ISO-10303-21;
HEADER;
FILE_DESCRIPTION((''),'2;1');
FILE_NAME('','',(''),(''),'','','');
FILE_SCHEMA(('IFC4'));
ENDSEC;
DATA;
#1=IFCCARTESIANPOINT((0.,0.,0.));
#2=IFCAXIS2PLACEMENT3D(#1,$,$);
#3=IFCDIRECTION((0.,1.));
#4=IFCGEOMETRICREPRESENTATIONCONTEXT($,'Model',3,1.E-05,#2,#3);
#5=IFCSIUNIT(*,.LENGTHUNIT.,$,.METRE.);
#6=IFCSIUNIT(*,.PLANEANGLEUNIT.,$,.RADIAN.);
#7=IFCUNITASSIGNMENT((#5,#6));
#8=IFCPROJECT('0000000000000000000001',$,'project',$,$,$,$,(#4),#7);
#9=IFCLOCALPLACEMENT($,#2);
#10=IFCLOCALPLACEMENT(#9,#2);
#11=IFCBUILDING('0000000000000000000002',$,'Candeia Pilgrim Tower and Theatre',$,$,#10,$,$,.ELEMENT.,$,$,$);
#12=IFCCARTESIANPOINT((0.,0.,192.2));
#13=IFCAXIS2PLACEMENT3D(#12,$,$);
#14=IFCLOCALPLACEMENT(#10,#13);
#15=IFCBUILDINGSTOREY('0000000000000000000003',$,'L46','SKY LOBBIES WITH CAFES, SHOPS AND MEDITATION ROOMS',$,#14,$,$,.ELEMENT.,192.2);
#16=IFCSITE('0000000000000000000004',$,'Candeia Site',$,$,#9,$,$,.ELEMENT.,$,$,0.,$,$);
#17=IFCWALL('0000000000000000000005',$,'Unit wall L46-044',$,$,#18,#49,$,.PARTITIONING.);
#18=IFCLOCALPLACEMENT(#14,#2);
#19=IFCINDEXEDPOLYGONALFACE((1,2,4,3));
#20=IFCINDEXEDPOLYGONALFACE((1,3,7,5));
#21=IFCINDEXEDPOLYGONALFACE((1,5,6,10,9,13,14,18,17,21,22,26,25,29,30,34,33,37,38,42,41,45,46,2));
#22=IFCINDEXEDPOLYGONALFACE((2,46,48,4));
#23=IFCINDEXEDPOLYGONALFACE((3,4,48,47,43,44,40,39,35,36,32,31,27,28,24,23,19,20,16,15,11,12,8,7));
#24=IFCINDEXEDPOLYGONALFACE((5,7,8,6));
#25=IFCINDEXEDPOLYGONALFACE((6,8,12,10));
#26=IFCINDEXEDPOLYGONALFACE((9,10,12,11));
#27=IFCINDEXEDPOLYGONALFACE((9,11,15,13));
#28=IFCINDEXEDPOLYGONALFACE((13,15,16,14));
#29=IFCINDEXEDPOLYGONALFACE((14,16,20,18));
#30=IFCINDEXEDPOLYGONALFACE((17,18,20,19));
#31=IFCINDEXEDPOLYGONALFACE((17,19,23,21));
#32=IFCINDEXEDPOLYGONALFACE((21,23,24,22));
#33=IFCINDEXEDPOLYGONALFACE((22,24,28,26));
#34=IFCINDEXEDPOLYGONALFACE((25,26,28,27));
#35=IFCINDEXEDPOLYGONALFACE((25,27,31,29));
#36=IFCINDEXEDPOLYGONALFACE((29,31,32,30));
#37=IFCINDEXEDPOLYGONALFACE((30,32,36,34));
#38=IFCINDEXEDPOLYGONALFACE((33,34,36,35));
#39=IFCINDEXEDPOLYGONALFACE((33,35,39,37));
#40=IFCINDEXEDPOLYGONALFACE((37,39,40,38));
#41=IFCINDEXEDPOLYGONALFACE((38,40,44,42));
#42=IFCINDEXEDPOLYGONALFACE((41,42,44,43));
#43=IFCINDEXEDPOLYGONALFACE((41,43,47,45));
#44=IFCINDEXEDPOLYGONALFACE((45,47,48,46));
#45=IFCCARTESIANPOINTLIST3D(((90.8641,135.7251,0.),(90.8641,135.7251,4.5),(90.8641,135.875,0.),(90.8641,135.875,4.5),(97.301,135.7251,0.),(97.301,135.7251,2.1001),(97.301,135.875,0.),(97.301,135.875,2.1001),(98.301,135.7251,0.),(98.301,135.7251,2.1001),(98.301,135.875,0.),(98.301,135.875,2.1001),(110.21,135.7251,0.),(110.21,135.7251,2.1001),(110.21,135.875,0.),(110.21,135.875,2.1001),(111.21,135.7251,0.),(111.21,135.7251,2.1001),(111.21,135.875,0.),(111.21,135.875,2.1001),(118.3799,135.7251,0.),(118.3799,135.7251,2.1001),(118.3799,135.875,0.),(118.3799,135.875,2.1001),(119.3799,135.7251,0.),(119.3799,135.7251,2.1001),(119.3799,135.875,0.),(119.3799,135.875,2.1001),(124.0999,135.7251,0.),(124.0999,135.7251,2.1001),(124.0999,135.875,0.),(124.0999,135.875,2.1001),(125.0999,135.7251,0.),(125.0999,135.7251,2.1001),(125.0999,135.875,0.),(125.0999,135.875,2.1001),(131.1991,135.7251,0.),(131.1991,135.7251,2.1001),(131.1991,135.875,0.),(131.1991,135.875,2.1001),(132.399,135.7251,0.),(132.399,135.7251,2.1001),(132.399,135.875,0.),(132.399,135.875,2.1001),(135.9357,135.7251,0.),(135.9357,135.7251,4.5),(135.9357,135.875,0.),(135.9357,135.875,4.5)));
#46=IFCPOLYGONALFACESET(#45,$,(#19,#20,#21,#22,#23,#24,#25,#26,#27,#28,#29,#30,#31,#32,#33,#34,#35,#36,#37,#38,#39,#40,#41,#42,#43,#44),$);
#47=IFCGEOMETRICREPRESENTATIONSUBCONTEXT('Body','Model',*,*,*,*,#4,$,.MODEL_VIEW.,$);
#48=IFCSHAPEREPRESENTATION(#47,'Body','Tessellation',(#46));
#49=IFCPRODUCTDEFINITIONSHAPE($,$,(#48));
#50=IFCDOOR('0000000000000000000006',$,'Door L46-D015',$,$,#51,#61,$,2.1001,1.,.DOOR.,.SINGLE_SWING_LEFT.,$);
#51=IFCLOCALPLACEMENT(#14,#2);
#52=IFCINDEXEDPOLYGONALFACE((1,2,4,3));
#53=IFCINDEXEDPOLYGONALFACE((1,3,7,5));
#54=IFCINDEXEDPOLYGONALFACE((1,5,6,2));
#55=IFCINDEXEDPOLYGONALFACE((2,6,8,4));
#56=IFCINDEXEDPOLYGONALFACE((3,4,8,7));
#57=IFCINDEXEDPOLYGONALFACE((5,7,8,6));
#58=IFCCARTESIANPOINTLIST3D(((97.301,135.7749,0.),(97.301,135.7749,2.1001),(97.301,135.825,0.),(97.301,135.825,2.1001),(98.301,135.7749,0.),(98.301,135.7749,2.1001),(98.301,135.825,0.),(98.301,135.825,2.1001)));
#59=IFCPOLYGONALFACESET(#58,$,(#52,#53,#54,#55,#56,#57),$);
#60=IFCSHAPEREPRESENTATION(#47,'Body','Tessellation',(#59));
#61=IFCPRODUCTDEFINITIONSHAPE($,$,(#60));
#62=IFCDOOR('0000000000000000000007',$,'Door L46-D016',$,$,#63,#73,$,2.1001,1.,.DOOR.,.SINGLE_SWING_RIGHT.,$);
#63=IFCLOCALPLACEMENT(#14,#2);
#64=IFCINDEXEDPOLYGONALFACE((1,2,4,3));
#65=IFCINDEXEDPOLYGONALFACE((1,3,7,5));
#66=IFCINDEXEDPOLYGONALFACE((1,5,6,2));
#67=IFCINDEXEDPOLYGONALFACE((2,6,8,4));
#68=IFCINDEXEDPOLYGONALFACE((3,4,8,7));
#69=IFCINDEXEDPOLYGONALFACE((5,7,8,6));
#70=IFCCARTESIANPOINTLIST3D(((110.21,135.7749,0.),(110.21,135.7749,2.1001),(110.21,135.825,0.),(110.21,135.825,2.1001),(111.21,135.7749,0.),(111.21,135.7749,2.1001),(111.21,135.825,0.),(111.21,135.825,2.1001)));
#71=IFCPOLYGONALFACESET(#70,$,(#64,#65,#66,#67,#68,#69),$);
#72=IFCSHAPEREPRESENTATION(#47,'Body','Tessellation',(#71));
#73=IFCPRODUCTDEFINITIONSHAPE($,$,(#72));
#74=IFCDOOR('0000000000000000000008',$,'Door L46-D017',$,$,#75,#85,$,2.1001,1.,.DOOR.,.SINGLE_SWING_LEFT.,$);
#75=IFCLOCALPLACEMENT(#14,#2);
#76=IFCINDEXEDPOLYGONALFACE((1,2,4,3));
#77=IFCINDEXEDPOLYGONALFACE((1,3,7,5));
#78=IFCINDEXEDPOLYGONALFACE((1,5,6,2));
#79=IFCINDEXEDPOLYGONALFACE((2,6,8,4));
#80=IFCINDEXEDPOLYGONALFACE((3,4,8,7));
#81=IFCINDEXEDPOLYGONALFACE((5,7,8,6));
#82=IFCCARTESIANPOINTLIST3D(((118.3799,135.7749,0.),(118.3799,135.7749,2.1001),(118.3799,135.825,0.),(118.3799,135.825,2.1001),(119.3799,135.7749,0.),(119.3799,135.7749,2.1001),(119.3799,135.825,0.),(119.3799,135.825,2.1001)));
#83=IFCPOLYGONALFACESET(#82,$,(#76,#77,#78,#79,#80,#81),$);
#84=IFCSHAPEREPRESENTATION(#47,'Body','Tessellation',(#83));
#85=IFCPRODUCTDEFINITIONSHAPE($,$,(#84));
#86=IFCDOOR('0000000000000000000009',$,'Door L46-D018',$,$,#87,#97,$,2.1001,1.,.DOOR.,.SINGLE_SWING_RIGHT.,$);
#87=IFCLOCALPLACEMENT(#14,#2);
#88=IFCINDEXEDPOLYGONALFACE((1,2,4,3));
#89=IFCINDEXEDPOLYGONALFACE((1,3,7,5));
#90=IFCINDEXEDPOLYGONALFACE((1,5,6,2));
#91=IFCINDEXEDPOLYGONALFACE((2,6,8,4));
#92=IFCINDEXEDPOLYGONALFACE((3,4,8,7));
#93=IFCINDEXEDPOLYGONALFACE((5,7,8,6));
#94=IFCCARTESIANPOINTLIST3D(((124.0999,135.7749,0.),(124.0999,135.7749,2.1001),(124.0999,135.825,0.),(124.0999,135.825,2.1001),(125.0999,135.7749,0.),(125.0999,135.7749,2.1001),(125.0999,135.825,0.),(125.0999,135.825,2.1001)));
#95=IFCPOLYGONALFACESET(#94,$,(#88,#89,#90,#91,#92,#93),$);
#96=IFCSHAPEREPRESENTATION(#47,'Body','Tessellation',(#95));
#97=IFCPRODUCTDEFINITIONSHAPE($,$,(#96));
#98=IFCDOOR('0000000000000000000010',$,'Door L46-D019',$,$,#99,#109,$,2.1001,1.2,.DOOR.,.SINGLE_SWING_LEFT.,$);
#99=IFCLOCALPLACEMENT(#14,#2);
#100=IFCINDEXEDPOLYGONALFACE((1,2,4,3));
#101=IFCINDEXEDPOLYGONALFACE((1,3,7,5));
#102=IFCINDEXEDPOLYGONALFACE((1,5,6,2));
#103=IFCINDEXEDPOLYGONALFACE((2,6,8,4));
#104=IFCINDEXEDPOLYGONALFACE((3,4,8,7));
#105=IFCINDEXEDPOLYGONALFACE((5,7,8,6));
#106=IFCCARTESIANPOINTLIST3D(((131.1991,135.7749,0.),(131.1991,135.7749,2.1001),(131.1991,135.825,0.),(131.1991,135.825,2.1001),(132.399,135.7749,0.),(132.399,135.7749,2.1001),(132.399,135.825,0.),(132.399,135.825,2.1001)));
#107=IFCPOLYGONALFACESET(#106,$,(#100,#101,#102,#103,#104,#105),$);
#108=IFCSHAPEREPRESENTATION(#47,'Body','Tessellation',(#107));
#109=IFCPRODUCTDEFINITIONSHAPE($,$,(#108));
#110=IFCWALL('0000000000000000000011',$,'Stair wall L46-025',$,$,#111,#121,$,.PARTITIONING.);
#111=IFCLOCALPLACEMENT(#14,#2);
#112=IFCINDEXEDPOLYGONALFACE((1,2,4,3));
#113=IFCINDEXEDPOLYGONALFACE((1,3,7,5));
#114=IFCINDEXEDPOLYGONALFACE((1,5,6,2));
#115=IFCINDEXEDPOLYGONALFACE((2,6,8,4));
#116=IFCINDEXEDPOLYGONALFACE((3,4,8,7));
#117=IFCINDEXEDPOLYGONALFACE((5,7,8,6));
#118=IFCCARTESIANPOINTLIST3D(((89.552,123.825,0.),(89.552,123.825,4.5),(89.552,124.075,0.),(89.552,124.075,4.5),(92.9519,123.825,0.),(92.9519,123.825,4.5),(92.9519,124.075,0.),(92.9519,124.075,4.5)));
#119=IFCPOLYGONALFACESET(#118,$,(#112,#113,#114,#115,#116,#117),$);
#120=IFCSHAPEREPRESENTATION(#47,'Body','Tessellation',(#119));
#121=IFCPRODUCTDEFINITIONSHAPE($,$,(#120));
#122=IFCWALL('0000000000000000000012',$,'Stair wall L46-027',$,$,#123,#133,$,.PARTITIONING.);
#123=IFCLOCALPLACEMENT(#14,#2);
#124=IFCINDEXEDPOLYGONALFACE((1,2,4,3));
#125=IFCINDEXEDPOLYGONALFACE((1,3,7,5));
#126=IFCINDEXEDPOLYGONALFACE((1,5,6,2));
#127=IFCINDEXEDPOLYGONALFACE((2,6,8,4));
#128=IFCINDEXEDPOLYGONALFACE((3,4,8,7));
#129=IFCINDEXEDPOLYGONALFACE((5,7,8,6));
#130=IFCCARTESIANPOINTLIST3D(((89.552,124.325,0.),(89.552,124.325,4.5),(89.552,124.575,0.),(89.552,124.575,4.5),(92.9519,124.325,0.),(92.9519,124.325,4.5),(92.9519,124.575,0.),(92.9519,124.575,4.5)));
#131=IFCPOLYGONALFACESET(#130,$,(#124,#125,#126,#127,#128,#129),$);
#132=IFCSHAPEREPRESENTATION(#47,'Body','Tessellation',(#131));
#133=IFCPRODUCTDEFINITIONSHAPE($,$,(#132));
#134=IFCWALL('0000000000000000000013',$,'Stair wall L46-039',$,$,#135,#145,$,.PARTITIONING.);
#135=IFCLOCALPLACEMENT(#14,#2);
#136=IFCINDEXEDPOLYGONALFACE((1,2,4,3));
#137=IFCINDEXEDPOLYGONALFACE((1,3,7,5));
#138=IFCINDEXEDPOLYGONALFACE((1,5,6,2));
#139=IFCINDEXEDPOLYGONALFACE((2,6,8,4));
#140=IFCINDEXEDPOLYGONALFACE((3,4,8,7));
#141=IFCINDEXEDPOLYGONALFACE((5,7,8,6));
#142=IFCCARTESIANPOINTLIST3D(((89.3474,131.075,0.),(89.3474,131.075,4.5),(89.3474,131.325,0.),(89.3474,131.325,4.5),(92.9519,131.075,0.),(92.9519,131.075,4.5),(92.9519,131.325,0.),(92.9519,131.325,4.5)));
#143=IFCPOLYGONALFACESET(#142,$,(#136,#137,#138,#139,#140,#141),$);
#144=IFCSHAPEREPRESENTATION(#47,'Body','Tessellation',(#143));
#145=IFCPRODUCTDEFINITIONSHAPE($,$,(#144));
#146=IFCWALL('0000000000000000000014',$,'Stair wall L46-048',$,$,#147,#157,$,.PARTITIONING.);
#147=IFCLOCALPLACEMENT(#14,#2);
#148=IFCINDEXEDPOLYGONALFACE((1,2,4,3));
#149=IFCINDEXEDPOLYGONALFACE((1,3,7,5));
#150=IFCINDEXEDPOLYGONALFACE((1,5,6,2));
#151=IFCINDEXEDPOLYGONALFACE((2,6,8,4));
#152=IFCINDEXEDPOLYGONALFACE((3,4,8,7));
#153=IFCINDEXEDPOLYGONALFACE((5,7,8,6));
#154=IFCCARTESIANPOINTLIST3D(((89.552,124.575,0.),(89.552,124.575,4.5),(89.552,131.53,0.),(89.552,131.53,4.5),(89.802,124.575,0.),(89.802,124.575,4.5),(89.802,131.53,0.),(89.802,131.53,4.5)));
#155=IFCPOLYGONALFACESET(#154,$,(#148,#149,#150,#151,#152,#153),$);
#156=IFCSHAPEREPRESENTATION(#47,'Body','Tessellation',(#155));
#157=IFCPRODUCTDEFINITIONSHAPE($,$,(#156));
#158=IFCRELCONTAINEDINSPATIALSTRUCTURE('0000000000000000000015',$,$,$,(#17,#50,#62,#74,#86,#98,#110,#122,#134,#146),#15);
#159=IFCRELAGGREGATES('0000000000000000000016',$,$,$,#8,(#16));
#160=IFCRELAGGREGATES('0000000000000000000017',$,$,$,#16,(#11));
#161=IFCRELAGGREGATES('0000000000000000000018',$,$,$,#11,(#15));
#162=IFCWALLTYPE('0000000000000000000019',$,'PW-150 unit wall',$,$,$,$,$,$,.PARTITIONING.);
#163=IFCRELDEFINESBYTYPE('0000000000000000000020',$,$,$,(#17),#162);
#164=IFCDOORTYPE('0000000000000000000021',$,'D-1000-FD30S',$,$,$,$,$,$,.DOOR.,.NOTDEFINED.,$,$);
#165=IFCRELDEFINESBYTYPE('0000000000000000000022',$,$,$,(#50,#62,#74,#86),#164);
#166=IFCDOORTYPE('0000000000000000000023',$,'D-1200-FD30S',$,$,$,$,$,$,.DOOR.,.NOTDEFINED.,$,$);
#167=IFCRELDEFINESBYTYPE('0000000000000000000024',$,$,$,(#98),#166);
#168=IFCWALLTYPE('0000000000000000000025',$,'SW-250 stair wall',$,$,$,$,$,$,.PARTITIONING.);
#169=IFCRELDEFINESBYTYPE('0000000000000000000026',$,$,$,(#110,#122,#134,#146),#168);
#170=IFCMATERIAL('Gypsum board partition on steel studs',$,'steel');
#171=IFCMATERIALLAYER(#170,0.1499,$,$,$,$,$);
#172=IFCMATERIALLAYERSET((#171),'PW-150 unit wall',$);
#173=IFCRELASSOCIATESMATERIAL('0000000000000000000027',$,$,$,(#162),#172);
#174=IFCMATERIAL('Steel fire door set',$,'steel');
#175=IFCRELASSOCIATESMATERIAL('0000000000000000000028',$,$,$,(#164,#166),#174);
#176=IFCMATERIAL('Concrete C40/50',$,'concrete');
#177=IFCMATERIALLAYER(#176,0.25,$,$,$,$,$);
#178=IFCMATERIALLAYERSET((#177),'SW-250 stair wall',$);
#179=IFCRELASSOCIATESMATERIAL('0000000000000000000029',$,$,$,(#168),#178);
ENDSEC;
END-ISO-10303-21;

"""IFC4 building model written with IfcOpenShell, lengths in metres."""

from ifc_helpers import new_model, si_unit, direction, frame, frame_2d, origin, place, context, subcontext, project, spatial, rectangle, extrude, material, layer, layer_set, type_object, element, fill, save


model = new_model("IFC4")

# Units and contexts
model_context = context("Model", 3, precision=1e-05, world=origin(), true_north=direction((0.0, 1.0)))
body_context = subcontext(model_context, "Body", "Model", "MODEL_VIEW")
ifc_project = project(units=[si_unit("LENGTHUNIT", "METRE"), si_unit("PLANEANGLEUNIT", "RADIAN")], contexts=[model_context])

# Site, building, storey
site_placement = place(None, origin())
site = spatial("IfcSite", under=ifc_project, at=site_placement, Name="Candeia Site", CompositionType="ELEMENT", RefElevation=0.0)
building_placement = place(site_placement, origin())
building = spatial("IfcBuilding", under=site, at=building_placement, Name="Candeia Pilgrim Tower and Theatre", CompositionType="ELEMENT")
storey_placement = place(building_placement, frame((0.0, 0.0, 192.2)))
storey = spatial("IfcBuildingStorey", under=building, at=storey_placement, Name="L46", Description="SKY LOBBIES WITH CAFES, SHOPS AND MEDITATION ROOMS", CompositionType="ELEMENT", Elevation=192.2)

# Shared definitions
ifc_material_1 = material(Name="Steel fire door set", Category="steel")

# Wall, openings, doors
ifc_material_2 = material(Name="Gypsum board partition on steel studs", Category="steel")
ifc_layer_1 = layer(ifc_material_2, 0.1499)
ifc_layer_set_1 = layer_set([ifc_layer_1], Name="PW-150 unit wall")
wall_type_1 = type_object("IfcWallType", Name="PW-150 unit wall", PredefinedType="PARTITIONING", material=ifc_layer_set_1)
wall_1_placement = place(storey_placement, frame((90.8643, 135.8, 0.0), z_axis=(0.0, 0.0, 1.0), x_axis=(1.0, 0.0, 0.0)))
wall_1 = element("IfcWall", 1, at=wall_1_placement, inside=storey, type_object=wall_type_1, Name="Unit wall L46-044", PredefinedType="PARTITIONING", context=body_context, shape_type="SweptSolid", body=[
    extrude(rectangle(XDim=45.0715, YDim=0.1499, at=frame_2d((22.5356, 0.0))), origin(), (0.0, 0.0, 1.0), 4.5),
])
opening_1_placement = place(wall_1_placement, frame((6.4368, 0.0, 0.0)))
opening_1 = element("IfcOpeningElement", 2, at=opening_1_placement, cuts=wall_1, PredefinedType="OPENING", context=body_context, shape_type="SweptSolid", body=[
    extrude(rectangle(XDim=1.0, YDim=2.1001, at=frame_2d((0.5, 1.05))), frame((0.0, 0.085, 0.0), z_axis=(0.0, -1.0, 0.0), x_axis=(1.0, 0.0, 0.0)), (0.0, 0.0, 1.0), 0.1699),
])
opening_2_placement = place(wall_1_placement, frame((19.3457, 0.0, 0.0)))
opening_2 = element("IfcOpeningElement", 3, at=opening_2_placement, cuts=wall_1, PredefinedType="OPENING", context=body_context, shape_type="SweptSolid", body=[
    extrude(rectangle(XDim=1.0, YDim=2.1001, at=frame_2d((0.5, 1.05))), frame((0.0, 0.085, 0.0), z_axis=(0.0, -1.0, 0.0), x_axis=(1.0, 0.0, 0.0)), (0.0, 0.0, 1.0), 0.1699),
])
opening_3_placement = place(wall_1_placement, frame((27.5156, 0.0, 0.0)))
opening_3 = element("IfcOpeningElement", 4, at=opening_3_placement, cuts=wall_1, PredefinedType="OPENING", context=body_context, shape_type="SweptSolid", body=[
    extrude(rectangle(XDim=1.0, YDim=2.1001, at=frame_2d((0.5, 1.05))), frame((0.0, 0.085, 0.0), z_axis=(0.0, -1.0, 0.0), x_axis=(1.0, 0.0, 0.0)), (0.0, 0.0, 1.0), 0.1699),
])
opening_4_placement = place(wall_1_placement, frame((33.2356, 0.0, 0.0)))
opening_4 = element("IfcOpeningElement", 5, at=opening_4_placement, cuts=wall_1, PredefinedType="OPENING", context=body_context, shape_type="SweptSolid", body=[
    extrude(rectangle(XDim=1.0, YDim=2.1001, at=frame_2d((0.5, 1.05))), frame((0.0, 0.085, 0.0), z_axis=(0.0, -1.0, 0.0), x_axis=(1.0, 0.0, 0.0)), (0.0, 0.0, 1.0), 0.1699),
])
opening_5_placement = place(wall_1_placement, frame((40.3347, 0.0, 0.0)))
opening_5 = element("IfcOpeningElement", 6, at=opening_5_placement, cuts=wall_1, PredefinedType="OPENING", context=body_context, shape_type="SweptSolid", body=[
    extrude(rectangle(XDim=1.2, YDim=2.1001, at=frame_2d((0.6001, 1.05))), frame((0.0, 0.085, 0.0), z_axis=(0.0, -1.0, 0.0), x_axis=(1.0, 0.0, 0.0)), (0.0, 0.0, 1.0), 0.1699),
])
door_type_1 = type_object("IfcDoorType", Name="D-1000-FD30S", OperationType="NOTDEFINED", PredefinedType="DOOR", material=ifc_material_1)
door_1_placement = place(opening_1_placement, origin())
door_1 = element("IfcDoor", 7, at=door_1_placement, inside=storey, type_object=door_type_1, Name="Door L46-D015", OperationType="SINGLE_SWING_LEFT", OverallHeight=2.1001, OverallWidth=1.0, PredefinedType="DOOR", context=body_context, shape_type="SweptSolid", body=[
    extrude(rectangle(XDim=1.0, YDim=2.1001, at=frame_2d((0.5, 1.05))), frame((0.0, 0.0249, 0.0), z_axis=(0.0, -1.0, 0.0), x_axis=(1.0, 0.0, 0.0)), (0.0, 0.0, 1.0), 0.05),
])
fill(opening_1, door_1)
door_2_placement = place(opening_2_placement, origin())
door_2 = element("IfcDoor", 8, at=door_2_placement, inside=storey, type_object=door_type_1, Name="Door L46-D016", OperationType="SINGLE_SWING_RIGHT", OverallHeight=2.1001, OverallWidth=1.0, PredefinedType="DOOR", context=body_context, shape_type="SweptSolid", body=[
    extrude(rectangle(XDim=1.0, YDim=2.1001, at=frame_2d((0.5, 1.05))), frame((0.0, 0.0249, 0.0), z_axis=(0.0, -1.0, 0.0), x_axis=(1.0, 0.0, 0.0)), (0.0, 0.0, 1.0), 0.05),
])
fill(opening_2, door_2)
door_3_placement = place(opening_3_placement, origin())
door_3 = element("IfcDoor", 9, at=door_3_placement, inside=storey, type_object=door_type_1, Name="Door L46-D017", OperationType="SINGLE_SWING_LEFT", OverallHeight=2.1001, OverallWidth=1.0, PredefinedType="DOOR", context=body_context, shape_type="SweptSolid", body=[
    extrude(rectangle(XDim=1.0, YDim=2.1001, at=frame_2d((0.5, 1.05))), frame((0.0, 0.0249, 0.0), z_axis=(0.0, -1.0, 0.0), x_axis=(1.0, 0.0, 0.0)), (0.0, 0.0, 1.0), 0.05),
])
fill(opening_3, door_3)
door_4_placement = place(opening_4_placement, origin())
door_4 = element("IfcDoor", 10, at=door_4_placement, inside=storey, type_object=door_type_1, Name="Door L46-D018", OperationType="SINGLE_SWING_RIGHT", OverallHeight=2.1001, OverallWidth=1.0, PredefinedType="DOOR", context=body_context, shape_type="SweptSolid", body=[
    extrude(rectangle(XDim=1.0, YDim=2.1001, at=frame_2d((0.5, 1.05))), frame((0.0, 0.0249, 0.0), z_axis=(0.0, -1.0, 0.0), x_axis=(1.0, 0.0, 0.0)), (0.0, 0.0, 1.0), 0.05),
])
fill(opening_4, door_4)
door_type_2 = type_object("IfcDoorType", Name="D-1200-FD30S", OperationType="NOTDEFINED", PredefinedType="DOOR", material=ifc_material_1)
door_5_placement = place(opening_5_placement, origin())
door_5 = element("IfcDoor", 11, at=door_5_placement, inside=storey, type_object=door_type_2, Name="Door L46-D019", OperationType="SINGLE_SWING_LEFT", OverallHeight=2.1001, OverallWidth=1.2, PredefinedType="DOOR", context=body_context, shape_type="SweptSolid", body=[
    extrude(rectangle(XDim=1.2, YDim=2.1001, at=frame_2d((0.6001, 1.05))), frame((0.0, 0.0249, 0.0), z_axis=(0.0, -1.0, 0.0), x_axis=(1.0, 0.0, 0.0)), (0.0, 0.0, 1.0), 0.05),
])
fill(opening_5, door_5)

# Walls
ifc_material_3 = material(Name="Concrete C40/50", Category="concrete")
ifc_layer_2 = layer(ifc_material_3, 0.25)
ifc_layer_set_2 = layer_set([ifc_layer_2], Name="SW-250 stair wall")
wall_type_2 = type_object("IfcWallType", Name="SW-250 stair wall", PredefinedType="PARTITIONING", material=ifc_layer_set_2)
for number, where, z_axis, x_axis, name in (
    (12, (89.552, 123.95, 0.0), (0.0, 0.0, 1.0), (1.0, 0.0, 0.0), "Stair wall L46-025"),
    (13, (89.552, 124.45, 0.0), (0.0, 0.0, 1.0), (1.0, 0.0, 0.0), "Stair wall L46-027"),
):
    element("IfcWall", number, at=place(storey_placement, frame(where, z_axis=z_axis, x_axis=x_axis)), inside=storey, type_object=wall_type_2, Name=name, PredefinedType="PARTITIONING", context=body_context, shape_type="SweptSolid", body=[
        extrude(rectangle(XDim=3.3999, YDim=0.25, at=frame_2d((1.7, 0.0))), origin(), (0.0, 0.0, 1.0), 4.5),
    ])
wall_2_placement = place(storey_placement, frame((89.3474, 131.2, 0.0), z_axis=(0.0, 0.0, 1.0), x_axis=(1.0, 0.0, 0.0)))
element("IfcWall", 14, at=wall_2_placement, inside=storey, type_object=wall_type_2, Name="Stair wall L46-039", PredefinedType="PARTITIONING", context=body_context, shape_type="SweptSolid", body=[
    extrude(rectangle(XDim=3.6045, YDim=0.25, at=frame_2d((1.8022, 0.0))), origin(), (0.0, 0.0, 1.0), 4.5),
])
wall_3_placement = place(storey_placement, frame((89.677, 124.575, 0.0), z_axis=(0.0, 0.0, 1.0), x_axis=(0.0, 1.0, 0.0)))
element("IfcWall", 15, at=wall_3_placement, inside=storey, type_object=wall_type_2, Name="Stair wall L46-048", PredefinedType="PARTITIONING", context=body_context, shape_type="SweptSolid", body=[
    extrude(rectangle(XDim=6.9551, YDim=0.25, at=frame_2d((3.4775, 0.0))), origin(), (0.0, 0.0, 1.0), 4.5),
])

save(model, "model.ifc")
